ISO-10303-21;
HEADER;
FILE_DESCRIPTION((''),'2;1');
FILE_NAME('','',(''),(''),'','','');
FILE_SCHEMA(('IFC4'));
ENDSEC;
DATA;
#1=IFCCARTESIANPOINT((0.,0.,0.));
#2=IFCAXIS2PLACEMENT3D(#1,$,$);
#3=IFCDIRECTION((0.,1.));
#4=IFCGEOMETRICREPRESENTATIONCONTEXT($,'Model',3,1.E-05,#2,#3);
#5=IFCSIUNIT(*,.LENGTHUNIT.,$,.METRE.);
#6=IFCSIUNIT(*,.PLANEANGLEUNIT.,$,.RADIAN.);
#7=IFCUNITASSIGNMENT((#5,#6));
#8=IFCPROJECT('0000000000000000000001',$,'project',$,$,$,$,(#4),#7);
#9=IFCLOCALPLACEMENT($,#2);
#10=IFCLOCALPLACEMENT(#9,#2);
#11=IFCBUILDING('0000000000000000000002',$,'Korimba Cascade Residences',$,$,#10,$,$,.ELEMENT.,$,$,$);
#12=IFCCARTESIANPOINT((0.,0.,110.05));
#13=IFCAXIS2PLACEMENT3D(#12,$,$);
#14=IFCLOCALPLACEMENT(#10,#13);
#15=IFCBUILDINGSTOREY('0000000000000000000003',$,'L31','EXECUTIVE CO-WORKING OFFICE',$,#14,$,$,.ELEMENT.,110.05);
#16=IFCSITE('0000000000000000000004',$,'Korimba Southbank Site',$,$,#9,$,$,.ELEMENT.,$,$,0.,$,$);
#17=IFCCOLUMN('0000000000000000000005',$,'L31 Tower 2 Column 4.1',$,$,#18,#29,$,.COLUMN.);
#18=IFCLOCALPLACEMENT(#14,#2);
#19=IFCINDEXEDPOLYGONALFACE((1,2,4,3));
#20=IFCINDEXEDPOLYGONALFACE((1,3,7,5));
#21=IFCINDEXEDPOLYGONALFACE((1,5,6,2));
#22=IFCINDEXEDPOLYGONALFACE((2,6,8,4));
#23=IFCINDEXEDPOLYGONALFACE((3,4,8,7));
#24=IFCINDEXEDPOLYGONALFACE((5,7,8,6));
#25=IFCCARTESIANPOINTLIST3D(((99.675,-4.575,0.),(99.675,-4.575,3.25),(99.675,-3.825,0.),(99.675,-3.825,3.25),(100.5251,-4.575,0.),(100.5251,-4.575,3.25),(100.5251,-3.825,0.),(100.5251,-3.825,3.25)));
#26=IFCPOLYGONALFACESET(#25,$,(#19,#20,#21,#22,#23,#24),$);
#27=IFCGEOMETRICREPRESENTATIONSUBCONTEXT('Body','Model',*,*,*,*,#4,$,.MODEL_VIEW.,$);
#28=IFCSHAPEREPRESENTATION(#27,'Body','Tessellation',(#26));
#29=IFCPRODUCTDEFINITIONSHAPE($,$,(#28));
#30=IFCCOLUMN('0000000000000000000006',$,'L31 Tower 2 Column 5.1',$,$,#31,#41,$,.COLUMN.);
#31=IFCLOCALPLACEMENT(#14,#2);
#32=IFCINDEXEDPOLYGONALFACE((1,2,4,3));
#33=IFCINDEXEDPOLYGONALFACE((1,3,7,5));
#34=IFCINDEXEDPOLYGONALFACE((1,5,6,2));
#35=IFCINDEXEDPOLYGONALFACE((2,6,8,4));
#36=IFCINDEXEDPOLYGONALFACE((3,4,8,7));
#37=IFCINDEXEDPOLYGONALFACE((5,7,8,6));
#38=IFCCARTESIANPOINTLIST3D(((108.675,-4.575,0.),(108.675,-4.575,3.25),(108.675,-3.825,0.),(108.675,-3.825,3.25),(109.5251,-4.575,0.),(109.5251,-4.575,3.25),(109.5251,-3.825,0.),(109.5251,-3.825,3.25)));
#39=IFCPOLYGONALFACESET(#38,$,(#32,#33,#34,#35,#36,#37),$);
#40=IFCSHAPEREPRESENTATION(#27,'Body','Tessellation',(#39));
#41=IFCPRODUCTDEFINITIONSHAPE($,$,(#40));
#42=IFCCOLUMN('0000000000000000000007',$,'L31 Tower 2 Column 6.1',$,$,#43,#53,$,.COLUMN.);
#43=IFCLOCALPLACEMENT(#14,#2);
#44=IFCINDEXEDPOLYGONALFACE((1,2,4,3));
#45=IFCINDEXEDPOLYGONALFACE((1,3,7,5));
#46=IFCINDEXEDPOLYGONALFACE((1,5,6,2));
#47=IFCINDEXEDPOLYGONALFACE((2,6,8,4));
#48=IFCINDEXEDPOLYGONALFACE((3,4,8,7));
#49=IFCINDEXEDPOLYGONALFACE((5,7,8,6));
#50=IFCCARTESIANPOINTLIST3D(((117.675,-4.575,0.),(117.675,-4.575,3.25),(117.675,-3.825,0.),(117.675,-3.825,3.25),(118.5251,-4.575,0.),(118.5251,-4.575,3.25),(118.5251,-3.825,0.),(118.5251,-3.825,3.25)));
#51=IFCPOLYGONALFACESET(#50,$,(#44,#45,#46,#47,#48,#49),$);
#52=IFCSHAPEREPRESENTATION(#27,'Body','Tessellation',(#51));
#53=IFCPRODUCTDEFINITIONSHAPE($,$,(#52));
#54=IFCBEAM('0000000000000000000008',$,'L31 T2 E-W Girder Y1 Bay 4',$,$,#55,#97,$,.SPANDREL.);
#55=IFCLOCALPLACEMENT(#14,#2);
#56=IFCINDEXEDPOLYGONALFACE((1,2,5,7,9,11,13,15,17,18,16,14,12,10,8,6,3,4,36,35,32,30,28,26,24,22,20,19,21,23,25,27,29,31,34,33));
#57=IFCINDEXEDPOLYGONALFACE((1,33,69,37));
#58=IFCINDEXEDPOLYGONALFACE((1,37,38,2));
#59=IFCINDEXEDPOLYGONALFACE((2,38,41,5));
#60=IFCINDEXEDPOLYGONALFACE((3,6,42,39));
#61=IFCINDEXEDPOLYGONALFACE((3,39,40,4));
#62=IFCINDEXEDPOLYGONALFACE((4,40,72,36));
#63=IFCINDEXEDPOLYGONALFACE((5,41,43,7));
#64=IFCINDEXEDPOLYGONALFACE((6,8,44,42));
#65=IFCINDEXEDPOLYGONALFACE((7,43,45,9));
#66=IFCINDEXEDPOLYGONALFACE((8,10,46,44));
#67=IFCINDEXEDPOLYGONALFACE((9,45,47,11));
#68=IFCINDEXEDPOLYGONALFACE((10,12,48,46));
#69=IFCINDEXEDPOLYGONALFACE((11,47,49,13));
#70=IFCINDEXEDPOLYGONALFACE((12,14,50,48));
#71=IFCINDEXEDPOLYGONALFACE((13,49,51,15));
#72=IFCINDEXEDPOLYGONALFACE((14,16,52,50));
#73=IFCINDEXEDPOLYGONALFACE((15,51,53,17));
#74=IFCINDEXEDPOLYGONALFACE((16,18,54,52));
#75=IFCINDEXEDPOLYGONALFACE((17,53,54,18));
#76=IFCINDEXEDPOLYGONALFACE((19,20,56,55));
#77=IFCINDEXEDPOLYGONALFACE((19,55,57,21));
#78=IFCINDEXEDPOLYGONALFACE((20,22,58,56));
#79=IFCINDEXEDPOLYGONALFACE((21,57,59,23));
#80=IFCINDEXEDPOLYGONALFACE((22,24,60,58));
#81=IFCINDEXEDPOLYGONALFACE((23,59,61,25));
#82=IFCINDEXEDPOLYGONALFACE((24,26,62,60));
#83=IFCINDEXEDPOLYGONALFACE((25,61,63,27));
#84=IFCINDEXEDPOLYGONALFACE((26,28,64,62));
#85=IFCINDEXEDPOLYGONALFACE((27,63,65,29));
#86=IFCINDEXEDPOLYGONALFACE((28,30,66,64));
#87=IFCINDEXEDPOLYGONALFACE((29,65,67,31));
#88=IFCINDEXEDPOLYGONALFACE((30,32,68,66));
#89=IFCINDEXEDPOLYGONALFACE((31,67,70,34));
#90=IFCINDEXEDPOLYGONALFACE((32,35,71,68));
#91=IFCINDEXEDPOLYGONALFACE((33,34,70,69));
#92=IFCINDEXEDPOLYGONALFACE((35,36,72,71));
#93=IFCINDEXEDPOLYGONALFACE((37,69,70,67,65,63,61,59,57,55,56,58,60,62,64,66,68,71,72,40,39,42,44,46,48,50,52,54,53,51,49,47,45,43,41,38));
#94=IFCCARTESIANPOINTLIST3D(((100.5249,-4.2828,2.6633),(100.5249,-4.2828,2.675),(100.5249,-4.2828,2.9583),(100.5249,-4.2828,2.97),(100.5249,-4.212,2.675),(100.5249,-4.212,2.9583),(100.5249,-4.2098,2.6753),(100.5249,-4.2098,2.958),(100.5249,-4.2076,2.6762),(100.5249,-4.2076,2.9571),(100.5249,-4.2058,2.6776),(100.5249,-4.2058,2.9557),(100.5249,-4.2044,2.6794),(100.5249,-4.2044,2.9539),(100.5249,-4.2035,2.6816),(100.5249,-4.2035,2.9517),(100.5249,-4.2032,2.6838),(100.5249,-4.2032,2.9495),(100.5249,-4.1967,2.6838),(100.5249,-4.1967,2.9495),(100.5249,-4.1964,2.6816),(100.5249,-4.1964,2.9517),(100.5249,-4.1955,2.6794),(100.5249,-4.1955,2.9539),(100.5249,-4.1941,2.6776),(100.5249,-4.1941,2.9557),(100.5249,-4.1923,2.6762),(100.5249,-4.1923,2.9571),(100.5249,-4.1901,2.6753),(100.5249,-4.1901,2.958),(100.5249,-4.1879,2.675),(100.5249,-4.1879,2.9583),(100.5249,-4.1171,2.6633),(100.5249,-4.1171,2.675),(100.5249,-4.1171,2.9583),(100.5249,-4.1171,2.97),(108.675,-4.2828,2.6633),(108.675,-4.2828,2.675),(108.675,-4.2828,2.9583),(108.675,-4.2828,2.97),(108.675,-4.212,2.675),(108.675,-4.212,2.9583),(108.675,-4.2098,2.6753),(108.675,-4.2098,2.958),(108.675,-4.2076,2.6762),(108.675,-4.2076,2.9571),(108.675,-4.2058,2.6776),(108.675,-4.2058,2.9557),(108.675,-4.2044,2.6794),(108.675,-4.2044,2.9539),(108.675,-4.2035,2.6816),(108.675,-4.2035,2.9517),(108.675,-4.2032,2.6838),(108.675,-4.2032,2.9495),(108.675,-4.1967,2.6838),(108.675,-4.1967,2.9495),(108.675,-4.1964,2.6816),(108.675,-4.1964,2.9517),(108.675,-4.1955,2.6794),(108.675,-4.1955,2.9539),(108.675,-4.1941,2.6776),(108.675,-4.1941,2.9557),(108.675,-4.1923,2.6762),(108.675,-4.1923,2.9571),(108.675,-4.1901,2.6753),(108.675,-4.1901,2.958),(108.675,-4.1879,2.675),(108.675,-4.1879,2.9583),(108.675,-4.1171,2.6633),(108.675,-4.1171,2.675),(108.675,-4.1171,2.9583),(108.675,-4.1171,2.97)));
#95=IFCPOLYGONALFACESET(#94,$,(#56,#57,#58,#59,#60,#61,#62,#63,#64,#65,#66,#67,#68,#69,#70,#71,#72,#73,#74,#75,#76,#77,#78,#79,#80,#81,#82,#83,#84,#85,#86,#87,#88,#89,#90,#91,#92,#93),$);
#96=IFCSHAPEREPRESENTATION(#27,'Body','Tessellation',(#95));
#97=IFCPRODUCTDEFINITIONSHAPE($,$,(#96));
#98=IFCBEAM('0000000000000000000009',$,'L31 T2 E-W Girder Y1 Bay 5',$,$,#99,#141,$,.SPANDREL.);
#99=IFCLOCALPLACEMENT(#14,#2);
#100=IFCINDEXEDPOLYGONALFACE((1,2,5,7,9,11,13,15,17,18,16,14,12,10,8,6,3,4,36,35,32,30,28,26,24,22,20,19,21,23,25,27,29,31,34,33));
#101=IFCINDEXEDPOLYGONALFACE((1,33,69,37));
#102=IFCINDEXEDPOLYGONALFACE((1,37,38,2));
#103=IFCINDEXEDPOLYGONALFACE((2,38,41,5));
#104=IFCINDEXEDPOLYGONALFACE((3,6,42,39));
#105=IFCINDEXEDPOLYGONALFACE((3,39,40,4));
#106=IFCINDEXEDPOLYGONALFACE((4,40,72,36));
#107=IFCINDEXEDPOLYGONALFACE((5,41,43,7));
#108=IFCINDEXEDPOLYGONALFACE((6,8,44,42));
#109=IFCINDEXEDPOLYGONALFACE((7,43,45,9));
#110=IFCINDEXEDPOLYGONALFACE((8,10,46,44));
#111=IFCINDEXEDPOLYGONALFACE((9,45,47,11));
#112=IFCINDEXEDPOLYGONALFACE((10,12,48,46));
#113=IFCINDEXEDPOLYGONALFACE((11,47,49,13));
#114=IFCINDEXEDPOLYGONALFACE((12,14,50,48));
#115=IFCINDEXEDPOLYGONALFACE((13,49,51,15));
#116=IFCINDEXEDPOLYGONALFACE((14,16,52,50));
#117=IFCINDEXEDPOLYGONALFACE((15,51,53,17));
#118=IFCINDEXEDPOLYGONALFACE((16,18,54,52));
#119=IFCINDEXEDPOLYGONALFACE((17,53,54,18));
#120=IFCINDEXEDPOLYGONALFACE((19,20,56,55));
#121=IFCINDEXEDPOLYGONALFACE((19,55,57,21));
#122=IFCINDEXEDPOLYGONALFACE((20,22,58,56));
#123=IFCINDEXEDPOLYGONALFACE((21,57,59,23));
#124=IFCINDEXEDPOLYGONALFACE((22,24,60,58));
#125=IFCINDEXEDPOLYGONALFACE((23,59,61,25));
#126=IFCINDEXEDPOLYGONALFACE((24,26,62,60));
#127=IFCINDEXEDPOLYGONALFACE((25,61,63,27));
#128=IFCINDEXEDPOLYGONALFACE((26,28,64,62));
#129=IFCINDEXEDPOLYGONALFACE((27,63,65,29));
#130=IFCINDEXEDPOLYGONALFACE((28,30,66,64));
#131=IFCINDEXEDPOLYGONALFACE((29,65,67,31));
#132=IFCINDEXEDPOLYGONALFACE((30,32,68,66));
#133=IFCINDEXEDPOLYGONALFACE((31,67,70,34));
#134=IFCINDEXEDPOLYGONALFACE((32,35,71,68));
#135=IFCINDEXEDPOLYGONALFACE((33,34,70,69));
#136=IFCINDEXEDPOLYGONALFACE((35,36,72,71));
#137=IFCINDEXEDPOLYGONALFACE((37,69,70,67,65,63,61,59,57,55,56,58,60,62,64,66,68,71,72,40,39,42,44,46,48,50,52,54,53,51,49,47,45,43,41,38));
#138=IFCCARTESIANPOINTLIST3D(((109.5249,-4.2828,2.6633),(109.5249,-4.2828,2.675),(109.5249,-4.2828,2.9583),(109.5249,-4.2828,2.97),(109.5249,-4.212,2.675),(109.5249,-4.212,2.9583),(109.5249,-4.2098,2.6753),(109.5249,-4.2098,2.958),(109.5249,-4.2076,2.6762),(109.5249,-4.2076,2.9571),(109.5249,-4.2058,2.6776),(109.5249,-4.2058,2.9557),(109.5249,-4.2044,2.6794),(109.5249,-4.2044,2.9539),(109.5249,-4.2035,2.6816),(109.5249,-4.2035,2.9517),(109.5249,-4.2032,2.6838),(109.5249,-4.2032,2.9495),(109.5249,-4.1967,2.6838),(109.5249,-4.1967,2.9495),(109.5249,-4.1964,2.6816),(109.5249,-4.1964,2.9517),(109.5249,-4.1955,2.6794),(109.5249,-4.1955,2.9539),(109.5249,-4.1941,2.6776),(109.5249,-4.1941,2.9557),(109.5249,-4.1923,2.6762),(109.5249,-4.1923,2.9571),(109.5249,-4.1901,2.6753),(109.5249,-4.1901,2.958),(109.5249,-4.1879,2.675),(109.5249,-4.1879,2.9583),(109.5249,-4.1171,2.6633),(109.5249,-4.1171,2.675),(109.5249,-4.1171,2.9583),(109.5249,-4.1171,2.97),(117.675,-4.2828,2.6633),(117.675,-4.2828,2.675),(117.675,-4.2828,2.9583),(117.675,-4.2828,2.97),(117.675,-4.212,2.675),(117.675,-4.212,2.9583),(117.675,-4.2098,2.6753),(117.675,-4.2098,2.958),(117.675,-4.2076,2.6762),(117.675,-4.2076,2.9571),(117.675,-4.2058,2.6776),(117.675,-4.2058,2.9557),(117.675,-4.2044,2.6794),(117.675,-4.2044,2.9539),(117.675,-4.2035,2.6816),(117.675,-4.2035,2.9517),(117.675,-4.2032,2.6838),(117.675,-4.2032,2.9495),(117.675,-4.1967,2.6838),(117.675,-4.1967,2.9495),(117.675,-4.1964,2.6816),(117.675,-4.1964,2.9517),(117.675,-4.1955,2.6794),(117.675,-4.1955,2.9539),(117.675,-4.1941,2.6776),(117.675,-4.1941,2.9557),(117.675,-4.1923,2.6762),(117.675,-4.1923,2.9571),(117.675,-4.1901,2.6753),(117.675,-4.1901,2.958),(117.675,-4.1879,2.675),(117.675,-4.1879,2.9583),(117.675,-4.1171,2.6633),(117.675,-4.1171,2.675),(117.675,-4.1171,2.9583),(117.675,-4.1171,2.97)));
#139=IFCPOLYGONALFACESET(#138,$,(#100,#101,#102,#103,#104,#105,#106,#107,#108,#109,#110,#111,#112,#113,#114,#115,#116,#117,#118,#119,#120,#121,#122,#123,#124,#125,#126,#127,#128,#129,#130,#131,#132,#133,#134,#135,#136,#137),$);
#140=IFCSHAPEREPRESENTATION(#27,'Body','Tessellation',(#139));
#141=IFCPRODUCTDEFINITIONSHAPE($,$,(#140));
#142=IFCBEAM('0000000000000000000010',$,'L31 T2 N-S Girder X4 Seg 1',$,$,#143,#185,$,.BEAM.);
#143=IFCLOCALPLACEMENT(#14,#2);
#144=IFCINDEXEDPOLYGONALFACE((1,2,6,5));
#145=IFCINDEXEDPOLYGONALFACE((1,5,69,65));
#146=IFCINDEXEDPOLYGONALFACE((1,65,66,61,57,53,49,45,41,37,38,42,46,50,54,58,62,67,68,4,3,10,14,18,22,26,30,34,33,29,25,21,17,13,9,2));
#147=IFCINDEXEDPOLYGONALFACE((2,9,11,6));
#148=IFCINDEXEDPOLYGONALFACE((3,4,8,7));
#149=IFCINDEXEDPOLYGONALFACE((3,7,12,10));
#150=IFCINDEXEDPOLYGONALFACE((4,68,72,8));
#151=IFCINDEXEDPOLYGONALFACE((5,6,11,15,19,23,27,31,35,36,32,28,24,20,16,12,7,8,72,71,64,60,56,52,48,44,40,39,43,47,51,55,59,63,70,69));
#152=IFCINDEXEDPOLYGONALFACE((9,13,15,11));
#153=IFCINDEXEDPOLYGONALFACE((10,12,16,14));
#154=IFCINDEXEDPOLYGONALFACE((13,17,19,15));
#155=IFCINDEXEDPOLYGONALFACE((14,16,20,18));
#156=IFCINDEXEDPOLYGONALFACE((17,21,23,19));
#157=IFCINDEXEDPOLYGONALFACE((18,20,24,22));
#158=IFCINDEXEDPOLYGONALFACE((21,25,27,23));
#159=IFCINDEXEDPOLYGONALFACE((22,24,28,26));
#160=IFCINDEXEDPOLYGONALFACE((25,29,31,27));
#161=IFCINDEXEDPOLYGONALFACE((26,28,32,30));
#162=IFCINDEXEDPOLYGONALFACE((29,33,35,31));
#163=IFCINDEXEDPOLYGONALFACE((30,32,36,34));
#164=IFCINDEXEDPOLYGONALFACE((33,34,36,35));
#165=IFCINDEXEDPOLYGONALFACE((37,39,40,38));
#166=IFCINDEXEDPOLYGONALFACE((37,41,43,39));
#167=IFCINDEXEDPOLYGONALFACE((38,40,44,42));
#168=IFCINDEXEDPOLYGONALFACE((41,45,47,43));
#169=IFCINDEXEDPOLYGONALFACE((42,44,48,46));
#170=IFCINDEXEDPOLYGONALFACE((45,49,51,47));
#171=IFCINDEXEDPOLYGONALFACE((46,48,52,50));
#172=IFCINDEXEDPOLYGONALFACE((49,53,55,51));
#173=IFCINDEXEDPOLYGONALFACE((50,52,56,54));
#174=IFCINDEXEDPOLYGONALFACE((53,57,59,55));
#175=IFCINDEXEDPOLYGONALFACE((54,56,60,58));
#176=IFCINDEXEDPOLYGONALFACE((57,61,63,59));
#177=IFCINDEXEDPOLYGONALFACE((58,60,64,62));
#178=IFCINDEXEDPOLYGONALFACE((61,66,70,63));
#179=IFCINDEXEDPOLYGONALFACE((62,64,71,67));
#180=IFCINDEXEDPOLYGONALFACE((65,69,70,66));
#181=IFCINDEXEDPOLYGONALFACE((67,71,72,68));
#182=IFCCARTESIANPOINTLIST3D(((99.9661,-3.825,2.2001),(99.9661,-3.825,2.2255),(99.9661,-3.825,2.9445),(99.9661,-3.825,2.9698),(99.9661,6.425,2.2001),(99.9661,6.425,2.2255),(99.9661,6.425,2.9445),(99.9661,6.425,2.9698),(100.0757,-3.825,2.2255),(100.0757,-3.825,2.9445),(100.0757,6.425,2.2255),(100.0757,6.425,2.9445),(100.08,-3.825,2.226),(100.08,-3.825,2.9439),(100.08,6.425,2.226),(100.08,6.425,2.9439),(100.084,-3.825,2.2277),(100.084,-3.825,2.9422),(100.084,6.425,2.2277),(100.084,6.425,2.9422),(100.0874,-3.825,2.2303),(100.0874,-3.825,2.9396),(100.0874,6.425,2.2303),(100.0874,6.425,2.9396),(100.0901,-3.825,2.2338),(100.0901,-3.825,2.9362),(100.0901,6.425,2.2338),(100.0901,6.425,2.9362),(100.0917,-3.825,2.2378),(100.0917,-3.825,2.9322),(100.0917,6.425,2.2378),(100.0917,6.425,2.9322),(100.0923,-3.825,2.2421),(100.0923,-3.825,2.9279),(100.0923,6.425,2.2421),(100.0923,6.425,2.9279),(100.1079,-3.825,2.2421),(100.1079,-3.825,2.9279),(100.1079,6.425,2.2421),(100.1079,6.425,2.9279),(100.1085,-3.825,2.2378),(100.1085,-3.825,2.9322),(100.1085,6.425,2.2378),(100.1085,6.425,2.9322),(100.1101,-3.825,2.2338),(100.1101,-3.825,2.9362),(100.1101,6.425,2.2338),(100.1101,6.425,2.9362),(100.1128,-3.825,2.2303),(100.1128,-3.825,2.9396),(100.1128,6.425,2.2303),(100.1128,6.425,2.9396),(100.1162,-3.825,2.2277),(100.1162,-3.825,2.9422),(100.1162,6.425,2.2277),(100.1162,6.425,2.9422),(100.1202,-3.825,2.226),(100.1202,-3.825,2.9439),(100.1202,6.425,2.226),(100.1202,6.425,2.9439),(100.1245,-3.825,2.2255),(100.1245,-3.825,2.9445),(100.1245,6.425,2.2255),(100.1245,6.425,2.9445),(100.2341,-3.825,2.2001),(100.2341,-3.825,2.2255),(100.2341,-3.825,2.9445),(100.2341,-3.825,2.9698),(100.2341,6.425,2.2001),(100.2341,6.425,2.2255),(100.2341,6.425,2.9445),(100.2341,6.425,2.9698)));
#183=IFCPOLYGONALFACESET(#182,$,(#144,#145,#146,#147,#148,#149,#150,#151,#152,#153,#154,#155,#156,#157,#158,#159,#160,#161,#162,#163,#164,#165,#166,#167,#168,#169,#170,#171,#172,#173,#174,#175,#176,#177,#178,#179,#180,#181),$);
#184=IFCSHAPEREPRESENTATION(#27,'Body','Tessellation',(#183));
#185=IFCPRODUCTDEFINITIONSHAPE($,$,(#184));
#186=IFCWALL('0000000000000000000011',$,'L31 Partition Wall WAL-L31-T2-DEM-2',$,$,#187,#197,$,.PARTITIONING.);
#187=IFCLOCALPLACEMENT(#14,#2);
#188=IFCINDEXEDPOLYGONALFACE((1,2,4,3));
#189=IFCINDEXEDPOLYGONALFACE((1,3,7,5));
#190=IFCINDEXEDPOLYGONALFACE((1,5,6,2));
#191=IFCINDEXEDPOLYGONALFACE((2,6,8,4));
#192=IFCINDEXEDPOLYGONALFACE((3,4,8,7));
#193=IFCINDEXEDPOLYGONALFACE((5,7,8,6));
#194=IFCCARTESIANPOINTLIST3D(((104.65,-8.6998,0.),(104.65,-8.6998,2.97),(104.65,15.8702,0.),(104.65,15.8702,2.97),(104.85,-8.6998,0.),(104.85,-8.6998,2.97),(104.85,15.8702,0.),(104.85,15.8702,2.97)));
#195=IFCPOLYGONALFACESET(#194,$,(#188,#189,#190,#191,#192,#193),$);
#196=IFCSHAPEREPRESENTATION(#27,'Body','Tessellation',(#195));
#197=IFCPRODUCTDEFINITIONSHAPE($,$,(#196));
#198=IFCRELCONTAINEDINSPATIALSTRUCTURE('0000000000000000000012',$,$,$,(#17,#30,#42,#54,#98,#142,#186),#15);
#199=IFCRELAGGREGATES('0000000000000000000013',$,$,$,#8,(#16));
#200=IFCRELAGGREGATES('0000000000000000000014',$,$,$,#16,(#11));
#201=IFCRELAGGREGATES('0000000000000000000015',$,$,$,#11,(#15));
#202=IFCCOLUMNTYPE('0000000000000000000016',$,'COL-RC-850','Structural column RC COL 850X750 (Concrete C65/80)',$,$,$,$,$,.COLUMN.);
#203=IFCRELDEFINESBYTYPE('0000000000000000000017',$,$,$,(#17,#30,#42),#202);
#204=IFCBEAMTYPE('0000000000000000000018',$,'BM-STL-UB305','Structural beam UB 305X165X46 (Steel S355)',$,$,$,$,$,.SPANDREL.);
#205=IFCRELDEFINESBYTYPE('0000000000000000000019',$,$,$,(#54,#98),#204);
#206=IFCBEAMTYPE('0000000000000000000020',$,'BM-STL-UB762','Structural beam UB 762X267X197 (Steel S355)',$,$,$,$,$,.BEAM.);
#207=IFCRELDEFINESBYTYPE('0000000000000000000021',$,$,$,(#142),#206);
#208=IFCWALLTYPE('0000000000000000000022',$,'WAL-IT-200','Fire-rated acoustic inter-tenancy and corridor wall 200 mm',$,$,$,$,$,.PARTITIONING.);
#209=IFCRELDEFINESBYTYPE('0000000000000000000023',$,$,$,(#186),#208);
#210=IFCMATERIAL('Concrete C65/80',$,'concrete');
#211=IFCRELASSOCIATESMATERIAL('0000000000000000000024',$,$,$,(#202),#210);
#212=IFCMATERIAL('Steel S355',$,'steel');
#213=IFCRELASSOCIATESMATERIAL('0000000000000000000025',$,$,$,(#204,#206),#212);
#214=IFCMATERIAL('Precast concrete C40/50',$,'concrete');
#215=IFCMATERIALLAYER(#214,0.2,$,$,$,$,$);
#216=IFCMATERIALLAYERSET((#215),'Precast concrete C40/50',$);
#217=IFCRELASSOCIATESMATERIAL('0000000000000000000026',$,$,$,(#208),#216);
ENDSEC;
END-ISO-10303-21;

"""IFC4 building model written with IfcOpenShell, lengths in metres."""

from ifc_helpers import new_model, si_unit, direction, frame, frame_2d, origin, origin_2d, place, context, subcontext, project, spatial, rectangle, i_section, extrude, material, layer, layer_set, material_profile, profile_set, type_object, element, save


model = new_model("IFC4")

# Units and contexts
model_context = context("Model", 3, precision=1e-05, world=origin(), true_north=direction((0.0, 1.0)))
body_context = subcontext(model_context, "Body", "Model", "MODEL_VIEW")
ifc_project = project(units=[si_unit("LENGTHUNIT", "METRE"), si_unit("PLANEANGLEUNIT", "RADIAN")], contexts=[model_context])

# Site, building, storey
site_placement = place(None, origin())
site = spatial("IfcSite", under=ifc_project, at=site_placement, Name="Korimba Southbank Site", CompositionType="ELEMENT", RefElevation=0.0)
building_placement = place(site_placement, origin())
building = spatial("IfcBuilding", under=site, at=building_placement, Name="Korimba Cascade Residences", CompositionType="ELEMENT")
storey_placement = place(building_placement, frame((0.0, 0.0, 110.05)))
storey = spatial("IfcBuildingStorey", under=building, at=storey_placement, Name="L31", Description="EXECUTIVE CO-WORKING OFFICE", CompositionType="ELEMENT", Elevation=110.05)

# Columns
ifc_material_1 = material(Name="Concrete C65/80", Category="concrete")
ifc_material_profile_1 = material_profile(ifc_material_1, rectangle(XDim=0.8501, YDim=0.75, at=origin_2d()), Name="Concrete C65/80")
ifc_profile_set_1 = profile_set([ifc_material_profile_1], Name="Concrete C65/80")
column_type = type_object("IfcColumnType", Name="COL-RC-850", Description="Structural column RC COL 850X750 (Concrete C65/80)", PredefinedType="COLUMN", material=ifc_profile_set_1)
for number, where, z_axis, x_axis, name in (
    (1, (100.1001, -4.2, 0.0), (0.0, 0.0, 1.0), (1.0, 0.0, 0.0), "L31 Tower 2 Column 4.1"),
    (2, (109.1001, -4.2, 0.0), (0.0, 0.0, 1.0), (1.0, 0.0, 0.0), "L31 Tower 2 Column 5.1"),
    (3, (118.1001, -4.2, 0.0), (0.0, 0.0, 1.0), (1.0, 0.0, 0.0), "L31 Tower 2 Column 6.1"),
):
    element("IfcColumn", number, at=place(storey_placement, frame(where, z_axis=z_axis, x_axis=x_axis)), inside=storey, type_object=column_type, Name=name, PredefinedType="COLUMN", context=body_context, shape_type="SweptSolid", body=[
        extrude(rectangle(XDim=0.8501, YDim=0.75, at=origin_2d()), origin(), (0.0, 0.0, 1.0), 3.25),
    ])

# Beams
ifc_material_2 = material(Name="Steel S355", Category="steel")
ifc_material_profile_2 = material_profile(ifc_material_2, i_section(OverallWidth=0.1658, OverallDepth=0.3066, WebThickness=0.0066, FlangeThickness=0.0117, FilletRadius=0.0088, at=origin_2d()), Name="Steel S355")
ifc_profile_set_2 = profile_set([ifc_material_profile_2], Name="Steel S355")
beam_type_1 = type_object("IfcBeamType", Name="BM-STL-UB305", Description="Structural beam UB 305X165X46 (Steel S355)", PredefinedType="SPANDREL", material=ifc_profile_set_2)
for number, where, z_axis, x_axis, name in (
    (4, (100.5249, -4.2, 2.8167), (1.0, 0.0, 0.0), (0.0, 1.0, 0.0), "L31 T2 E-W Girder Y1 Bay 4"),
    (5, (109.5249, -4.2, 2.8167), (1.0, 0.0, 0.0), (0.0, 1.0, 0.0), "L31 T2 E-W Girder Y1 Bay 5"),
):
    element("IfcBeam", number, at=place(storey_placement, frame(where, z_axis=z_axis, x_axis=x_axis)), inside=storey, type_object=beam_type_1, Name=name, PredefinedType="SPANDREL", context=body_context, shape_type="SweptSolid", body=[
        extrude(i_section(OverallWidth=0.1658, OverallDepth=0.3066, WebThickness=0.0066, FlangeThickness=0.0117, FilletRadius=0.0088, at=origin_2d()), origin(), (0.0, 0.0, 1.0), 8.1501),
    ])
ifc_material_profile_3 = material_profile(ifc_material_2, i_section(OverallWidth=0.2681, OverallDepth=0.7698, WebThickness=0.0156, FlangeThickness=0.0254, FilletRadius=0.0166, at=origin_2d()), Name="Steel S355")
ifc_profile_set_3 = profile_set([ifc_material_profile_3], Name="Steel S355")
beam_type_2 = type_object("IfcBeamType", Name="BM-STL-UB762", Description="Structural beam UB 762X267X197 (Steel S355)", PredefinedType="BEAM", material=ifc_profile_set_3)
beam_placement = place(storey_placement, frame((100.1001, -3.825, 2.585), z_axis=(0.0, 1.0, 0.0), x_axis=(-1.0, 0.0, 0.0)))
element("IfcBeam", 6, at=beam_placement, inside=storey, type_object=beam_type_2, Name="L31 T2 N-S Girder X4 Seg 1", PredefinedType="BEAM", context=body_context, shape_type="SweptSolid", body=[
    extrude(i_section(OverallWidth=0.2681, OverallDepth=0.7698, WebThickness=0.0156, FlangeThickness=0.0254, FilletRadius=0.0166, at=origin_2d()), origin(), (0.0, 0.0, 1.0), 10.25),
])

# Wall
ifc_material_3 = material(Name="Precast concrete C40/50", Category="concrete")
ifc_layer_1 = layer(ifc_material_3, 0.2)
ifc_layer_set_1 = layer_set([ifc_layer_1], Name="Precast concrete C40/50")
wall_type_1 = type_object("IfcWallType", Name="WAL-IT-200", Description="Fire-rated acoustic inter-tenancy and corridor wall 200 mm", PredefinedType="PARTITIONING", material=ifc_layer_set_1)
wall_1_placement = place(storey_placement, frame((104.75, -8.7, 0.0), z_axis=(0.0, 0.0, 1.0), x_axis=(0.0, 1.0, 0.0)))
element("IfcWall", 7, at=wall_1_placement, inside=storey, type_object=wall_type_1, Name="L31 Partition Wall WAL-L31-T2-DEM-2", PredefinedType="PARTITIONING", context=body_context, shape_type="SweptSolid", body=[
    extrude(rectangle(XDim=24.5701, YDim=0.2, at=frame_2d((12.2852, 0.0))), origin(), (0.0, 0.0, 1.0), 2.97),
])

save(model, "model.ifc")
